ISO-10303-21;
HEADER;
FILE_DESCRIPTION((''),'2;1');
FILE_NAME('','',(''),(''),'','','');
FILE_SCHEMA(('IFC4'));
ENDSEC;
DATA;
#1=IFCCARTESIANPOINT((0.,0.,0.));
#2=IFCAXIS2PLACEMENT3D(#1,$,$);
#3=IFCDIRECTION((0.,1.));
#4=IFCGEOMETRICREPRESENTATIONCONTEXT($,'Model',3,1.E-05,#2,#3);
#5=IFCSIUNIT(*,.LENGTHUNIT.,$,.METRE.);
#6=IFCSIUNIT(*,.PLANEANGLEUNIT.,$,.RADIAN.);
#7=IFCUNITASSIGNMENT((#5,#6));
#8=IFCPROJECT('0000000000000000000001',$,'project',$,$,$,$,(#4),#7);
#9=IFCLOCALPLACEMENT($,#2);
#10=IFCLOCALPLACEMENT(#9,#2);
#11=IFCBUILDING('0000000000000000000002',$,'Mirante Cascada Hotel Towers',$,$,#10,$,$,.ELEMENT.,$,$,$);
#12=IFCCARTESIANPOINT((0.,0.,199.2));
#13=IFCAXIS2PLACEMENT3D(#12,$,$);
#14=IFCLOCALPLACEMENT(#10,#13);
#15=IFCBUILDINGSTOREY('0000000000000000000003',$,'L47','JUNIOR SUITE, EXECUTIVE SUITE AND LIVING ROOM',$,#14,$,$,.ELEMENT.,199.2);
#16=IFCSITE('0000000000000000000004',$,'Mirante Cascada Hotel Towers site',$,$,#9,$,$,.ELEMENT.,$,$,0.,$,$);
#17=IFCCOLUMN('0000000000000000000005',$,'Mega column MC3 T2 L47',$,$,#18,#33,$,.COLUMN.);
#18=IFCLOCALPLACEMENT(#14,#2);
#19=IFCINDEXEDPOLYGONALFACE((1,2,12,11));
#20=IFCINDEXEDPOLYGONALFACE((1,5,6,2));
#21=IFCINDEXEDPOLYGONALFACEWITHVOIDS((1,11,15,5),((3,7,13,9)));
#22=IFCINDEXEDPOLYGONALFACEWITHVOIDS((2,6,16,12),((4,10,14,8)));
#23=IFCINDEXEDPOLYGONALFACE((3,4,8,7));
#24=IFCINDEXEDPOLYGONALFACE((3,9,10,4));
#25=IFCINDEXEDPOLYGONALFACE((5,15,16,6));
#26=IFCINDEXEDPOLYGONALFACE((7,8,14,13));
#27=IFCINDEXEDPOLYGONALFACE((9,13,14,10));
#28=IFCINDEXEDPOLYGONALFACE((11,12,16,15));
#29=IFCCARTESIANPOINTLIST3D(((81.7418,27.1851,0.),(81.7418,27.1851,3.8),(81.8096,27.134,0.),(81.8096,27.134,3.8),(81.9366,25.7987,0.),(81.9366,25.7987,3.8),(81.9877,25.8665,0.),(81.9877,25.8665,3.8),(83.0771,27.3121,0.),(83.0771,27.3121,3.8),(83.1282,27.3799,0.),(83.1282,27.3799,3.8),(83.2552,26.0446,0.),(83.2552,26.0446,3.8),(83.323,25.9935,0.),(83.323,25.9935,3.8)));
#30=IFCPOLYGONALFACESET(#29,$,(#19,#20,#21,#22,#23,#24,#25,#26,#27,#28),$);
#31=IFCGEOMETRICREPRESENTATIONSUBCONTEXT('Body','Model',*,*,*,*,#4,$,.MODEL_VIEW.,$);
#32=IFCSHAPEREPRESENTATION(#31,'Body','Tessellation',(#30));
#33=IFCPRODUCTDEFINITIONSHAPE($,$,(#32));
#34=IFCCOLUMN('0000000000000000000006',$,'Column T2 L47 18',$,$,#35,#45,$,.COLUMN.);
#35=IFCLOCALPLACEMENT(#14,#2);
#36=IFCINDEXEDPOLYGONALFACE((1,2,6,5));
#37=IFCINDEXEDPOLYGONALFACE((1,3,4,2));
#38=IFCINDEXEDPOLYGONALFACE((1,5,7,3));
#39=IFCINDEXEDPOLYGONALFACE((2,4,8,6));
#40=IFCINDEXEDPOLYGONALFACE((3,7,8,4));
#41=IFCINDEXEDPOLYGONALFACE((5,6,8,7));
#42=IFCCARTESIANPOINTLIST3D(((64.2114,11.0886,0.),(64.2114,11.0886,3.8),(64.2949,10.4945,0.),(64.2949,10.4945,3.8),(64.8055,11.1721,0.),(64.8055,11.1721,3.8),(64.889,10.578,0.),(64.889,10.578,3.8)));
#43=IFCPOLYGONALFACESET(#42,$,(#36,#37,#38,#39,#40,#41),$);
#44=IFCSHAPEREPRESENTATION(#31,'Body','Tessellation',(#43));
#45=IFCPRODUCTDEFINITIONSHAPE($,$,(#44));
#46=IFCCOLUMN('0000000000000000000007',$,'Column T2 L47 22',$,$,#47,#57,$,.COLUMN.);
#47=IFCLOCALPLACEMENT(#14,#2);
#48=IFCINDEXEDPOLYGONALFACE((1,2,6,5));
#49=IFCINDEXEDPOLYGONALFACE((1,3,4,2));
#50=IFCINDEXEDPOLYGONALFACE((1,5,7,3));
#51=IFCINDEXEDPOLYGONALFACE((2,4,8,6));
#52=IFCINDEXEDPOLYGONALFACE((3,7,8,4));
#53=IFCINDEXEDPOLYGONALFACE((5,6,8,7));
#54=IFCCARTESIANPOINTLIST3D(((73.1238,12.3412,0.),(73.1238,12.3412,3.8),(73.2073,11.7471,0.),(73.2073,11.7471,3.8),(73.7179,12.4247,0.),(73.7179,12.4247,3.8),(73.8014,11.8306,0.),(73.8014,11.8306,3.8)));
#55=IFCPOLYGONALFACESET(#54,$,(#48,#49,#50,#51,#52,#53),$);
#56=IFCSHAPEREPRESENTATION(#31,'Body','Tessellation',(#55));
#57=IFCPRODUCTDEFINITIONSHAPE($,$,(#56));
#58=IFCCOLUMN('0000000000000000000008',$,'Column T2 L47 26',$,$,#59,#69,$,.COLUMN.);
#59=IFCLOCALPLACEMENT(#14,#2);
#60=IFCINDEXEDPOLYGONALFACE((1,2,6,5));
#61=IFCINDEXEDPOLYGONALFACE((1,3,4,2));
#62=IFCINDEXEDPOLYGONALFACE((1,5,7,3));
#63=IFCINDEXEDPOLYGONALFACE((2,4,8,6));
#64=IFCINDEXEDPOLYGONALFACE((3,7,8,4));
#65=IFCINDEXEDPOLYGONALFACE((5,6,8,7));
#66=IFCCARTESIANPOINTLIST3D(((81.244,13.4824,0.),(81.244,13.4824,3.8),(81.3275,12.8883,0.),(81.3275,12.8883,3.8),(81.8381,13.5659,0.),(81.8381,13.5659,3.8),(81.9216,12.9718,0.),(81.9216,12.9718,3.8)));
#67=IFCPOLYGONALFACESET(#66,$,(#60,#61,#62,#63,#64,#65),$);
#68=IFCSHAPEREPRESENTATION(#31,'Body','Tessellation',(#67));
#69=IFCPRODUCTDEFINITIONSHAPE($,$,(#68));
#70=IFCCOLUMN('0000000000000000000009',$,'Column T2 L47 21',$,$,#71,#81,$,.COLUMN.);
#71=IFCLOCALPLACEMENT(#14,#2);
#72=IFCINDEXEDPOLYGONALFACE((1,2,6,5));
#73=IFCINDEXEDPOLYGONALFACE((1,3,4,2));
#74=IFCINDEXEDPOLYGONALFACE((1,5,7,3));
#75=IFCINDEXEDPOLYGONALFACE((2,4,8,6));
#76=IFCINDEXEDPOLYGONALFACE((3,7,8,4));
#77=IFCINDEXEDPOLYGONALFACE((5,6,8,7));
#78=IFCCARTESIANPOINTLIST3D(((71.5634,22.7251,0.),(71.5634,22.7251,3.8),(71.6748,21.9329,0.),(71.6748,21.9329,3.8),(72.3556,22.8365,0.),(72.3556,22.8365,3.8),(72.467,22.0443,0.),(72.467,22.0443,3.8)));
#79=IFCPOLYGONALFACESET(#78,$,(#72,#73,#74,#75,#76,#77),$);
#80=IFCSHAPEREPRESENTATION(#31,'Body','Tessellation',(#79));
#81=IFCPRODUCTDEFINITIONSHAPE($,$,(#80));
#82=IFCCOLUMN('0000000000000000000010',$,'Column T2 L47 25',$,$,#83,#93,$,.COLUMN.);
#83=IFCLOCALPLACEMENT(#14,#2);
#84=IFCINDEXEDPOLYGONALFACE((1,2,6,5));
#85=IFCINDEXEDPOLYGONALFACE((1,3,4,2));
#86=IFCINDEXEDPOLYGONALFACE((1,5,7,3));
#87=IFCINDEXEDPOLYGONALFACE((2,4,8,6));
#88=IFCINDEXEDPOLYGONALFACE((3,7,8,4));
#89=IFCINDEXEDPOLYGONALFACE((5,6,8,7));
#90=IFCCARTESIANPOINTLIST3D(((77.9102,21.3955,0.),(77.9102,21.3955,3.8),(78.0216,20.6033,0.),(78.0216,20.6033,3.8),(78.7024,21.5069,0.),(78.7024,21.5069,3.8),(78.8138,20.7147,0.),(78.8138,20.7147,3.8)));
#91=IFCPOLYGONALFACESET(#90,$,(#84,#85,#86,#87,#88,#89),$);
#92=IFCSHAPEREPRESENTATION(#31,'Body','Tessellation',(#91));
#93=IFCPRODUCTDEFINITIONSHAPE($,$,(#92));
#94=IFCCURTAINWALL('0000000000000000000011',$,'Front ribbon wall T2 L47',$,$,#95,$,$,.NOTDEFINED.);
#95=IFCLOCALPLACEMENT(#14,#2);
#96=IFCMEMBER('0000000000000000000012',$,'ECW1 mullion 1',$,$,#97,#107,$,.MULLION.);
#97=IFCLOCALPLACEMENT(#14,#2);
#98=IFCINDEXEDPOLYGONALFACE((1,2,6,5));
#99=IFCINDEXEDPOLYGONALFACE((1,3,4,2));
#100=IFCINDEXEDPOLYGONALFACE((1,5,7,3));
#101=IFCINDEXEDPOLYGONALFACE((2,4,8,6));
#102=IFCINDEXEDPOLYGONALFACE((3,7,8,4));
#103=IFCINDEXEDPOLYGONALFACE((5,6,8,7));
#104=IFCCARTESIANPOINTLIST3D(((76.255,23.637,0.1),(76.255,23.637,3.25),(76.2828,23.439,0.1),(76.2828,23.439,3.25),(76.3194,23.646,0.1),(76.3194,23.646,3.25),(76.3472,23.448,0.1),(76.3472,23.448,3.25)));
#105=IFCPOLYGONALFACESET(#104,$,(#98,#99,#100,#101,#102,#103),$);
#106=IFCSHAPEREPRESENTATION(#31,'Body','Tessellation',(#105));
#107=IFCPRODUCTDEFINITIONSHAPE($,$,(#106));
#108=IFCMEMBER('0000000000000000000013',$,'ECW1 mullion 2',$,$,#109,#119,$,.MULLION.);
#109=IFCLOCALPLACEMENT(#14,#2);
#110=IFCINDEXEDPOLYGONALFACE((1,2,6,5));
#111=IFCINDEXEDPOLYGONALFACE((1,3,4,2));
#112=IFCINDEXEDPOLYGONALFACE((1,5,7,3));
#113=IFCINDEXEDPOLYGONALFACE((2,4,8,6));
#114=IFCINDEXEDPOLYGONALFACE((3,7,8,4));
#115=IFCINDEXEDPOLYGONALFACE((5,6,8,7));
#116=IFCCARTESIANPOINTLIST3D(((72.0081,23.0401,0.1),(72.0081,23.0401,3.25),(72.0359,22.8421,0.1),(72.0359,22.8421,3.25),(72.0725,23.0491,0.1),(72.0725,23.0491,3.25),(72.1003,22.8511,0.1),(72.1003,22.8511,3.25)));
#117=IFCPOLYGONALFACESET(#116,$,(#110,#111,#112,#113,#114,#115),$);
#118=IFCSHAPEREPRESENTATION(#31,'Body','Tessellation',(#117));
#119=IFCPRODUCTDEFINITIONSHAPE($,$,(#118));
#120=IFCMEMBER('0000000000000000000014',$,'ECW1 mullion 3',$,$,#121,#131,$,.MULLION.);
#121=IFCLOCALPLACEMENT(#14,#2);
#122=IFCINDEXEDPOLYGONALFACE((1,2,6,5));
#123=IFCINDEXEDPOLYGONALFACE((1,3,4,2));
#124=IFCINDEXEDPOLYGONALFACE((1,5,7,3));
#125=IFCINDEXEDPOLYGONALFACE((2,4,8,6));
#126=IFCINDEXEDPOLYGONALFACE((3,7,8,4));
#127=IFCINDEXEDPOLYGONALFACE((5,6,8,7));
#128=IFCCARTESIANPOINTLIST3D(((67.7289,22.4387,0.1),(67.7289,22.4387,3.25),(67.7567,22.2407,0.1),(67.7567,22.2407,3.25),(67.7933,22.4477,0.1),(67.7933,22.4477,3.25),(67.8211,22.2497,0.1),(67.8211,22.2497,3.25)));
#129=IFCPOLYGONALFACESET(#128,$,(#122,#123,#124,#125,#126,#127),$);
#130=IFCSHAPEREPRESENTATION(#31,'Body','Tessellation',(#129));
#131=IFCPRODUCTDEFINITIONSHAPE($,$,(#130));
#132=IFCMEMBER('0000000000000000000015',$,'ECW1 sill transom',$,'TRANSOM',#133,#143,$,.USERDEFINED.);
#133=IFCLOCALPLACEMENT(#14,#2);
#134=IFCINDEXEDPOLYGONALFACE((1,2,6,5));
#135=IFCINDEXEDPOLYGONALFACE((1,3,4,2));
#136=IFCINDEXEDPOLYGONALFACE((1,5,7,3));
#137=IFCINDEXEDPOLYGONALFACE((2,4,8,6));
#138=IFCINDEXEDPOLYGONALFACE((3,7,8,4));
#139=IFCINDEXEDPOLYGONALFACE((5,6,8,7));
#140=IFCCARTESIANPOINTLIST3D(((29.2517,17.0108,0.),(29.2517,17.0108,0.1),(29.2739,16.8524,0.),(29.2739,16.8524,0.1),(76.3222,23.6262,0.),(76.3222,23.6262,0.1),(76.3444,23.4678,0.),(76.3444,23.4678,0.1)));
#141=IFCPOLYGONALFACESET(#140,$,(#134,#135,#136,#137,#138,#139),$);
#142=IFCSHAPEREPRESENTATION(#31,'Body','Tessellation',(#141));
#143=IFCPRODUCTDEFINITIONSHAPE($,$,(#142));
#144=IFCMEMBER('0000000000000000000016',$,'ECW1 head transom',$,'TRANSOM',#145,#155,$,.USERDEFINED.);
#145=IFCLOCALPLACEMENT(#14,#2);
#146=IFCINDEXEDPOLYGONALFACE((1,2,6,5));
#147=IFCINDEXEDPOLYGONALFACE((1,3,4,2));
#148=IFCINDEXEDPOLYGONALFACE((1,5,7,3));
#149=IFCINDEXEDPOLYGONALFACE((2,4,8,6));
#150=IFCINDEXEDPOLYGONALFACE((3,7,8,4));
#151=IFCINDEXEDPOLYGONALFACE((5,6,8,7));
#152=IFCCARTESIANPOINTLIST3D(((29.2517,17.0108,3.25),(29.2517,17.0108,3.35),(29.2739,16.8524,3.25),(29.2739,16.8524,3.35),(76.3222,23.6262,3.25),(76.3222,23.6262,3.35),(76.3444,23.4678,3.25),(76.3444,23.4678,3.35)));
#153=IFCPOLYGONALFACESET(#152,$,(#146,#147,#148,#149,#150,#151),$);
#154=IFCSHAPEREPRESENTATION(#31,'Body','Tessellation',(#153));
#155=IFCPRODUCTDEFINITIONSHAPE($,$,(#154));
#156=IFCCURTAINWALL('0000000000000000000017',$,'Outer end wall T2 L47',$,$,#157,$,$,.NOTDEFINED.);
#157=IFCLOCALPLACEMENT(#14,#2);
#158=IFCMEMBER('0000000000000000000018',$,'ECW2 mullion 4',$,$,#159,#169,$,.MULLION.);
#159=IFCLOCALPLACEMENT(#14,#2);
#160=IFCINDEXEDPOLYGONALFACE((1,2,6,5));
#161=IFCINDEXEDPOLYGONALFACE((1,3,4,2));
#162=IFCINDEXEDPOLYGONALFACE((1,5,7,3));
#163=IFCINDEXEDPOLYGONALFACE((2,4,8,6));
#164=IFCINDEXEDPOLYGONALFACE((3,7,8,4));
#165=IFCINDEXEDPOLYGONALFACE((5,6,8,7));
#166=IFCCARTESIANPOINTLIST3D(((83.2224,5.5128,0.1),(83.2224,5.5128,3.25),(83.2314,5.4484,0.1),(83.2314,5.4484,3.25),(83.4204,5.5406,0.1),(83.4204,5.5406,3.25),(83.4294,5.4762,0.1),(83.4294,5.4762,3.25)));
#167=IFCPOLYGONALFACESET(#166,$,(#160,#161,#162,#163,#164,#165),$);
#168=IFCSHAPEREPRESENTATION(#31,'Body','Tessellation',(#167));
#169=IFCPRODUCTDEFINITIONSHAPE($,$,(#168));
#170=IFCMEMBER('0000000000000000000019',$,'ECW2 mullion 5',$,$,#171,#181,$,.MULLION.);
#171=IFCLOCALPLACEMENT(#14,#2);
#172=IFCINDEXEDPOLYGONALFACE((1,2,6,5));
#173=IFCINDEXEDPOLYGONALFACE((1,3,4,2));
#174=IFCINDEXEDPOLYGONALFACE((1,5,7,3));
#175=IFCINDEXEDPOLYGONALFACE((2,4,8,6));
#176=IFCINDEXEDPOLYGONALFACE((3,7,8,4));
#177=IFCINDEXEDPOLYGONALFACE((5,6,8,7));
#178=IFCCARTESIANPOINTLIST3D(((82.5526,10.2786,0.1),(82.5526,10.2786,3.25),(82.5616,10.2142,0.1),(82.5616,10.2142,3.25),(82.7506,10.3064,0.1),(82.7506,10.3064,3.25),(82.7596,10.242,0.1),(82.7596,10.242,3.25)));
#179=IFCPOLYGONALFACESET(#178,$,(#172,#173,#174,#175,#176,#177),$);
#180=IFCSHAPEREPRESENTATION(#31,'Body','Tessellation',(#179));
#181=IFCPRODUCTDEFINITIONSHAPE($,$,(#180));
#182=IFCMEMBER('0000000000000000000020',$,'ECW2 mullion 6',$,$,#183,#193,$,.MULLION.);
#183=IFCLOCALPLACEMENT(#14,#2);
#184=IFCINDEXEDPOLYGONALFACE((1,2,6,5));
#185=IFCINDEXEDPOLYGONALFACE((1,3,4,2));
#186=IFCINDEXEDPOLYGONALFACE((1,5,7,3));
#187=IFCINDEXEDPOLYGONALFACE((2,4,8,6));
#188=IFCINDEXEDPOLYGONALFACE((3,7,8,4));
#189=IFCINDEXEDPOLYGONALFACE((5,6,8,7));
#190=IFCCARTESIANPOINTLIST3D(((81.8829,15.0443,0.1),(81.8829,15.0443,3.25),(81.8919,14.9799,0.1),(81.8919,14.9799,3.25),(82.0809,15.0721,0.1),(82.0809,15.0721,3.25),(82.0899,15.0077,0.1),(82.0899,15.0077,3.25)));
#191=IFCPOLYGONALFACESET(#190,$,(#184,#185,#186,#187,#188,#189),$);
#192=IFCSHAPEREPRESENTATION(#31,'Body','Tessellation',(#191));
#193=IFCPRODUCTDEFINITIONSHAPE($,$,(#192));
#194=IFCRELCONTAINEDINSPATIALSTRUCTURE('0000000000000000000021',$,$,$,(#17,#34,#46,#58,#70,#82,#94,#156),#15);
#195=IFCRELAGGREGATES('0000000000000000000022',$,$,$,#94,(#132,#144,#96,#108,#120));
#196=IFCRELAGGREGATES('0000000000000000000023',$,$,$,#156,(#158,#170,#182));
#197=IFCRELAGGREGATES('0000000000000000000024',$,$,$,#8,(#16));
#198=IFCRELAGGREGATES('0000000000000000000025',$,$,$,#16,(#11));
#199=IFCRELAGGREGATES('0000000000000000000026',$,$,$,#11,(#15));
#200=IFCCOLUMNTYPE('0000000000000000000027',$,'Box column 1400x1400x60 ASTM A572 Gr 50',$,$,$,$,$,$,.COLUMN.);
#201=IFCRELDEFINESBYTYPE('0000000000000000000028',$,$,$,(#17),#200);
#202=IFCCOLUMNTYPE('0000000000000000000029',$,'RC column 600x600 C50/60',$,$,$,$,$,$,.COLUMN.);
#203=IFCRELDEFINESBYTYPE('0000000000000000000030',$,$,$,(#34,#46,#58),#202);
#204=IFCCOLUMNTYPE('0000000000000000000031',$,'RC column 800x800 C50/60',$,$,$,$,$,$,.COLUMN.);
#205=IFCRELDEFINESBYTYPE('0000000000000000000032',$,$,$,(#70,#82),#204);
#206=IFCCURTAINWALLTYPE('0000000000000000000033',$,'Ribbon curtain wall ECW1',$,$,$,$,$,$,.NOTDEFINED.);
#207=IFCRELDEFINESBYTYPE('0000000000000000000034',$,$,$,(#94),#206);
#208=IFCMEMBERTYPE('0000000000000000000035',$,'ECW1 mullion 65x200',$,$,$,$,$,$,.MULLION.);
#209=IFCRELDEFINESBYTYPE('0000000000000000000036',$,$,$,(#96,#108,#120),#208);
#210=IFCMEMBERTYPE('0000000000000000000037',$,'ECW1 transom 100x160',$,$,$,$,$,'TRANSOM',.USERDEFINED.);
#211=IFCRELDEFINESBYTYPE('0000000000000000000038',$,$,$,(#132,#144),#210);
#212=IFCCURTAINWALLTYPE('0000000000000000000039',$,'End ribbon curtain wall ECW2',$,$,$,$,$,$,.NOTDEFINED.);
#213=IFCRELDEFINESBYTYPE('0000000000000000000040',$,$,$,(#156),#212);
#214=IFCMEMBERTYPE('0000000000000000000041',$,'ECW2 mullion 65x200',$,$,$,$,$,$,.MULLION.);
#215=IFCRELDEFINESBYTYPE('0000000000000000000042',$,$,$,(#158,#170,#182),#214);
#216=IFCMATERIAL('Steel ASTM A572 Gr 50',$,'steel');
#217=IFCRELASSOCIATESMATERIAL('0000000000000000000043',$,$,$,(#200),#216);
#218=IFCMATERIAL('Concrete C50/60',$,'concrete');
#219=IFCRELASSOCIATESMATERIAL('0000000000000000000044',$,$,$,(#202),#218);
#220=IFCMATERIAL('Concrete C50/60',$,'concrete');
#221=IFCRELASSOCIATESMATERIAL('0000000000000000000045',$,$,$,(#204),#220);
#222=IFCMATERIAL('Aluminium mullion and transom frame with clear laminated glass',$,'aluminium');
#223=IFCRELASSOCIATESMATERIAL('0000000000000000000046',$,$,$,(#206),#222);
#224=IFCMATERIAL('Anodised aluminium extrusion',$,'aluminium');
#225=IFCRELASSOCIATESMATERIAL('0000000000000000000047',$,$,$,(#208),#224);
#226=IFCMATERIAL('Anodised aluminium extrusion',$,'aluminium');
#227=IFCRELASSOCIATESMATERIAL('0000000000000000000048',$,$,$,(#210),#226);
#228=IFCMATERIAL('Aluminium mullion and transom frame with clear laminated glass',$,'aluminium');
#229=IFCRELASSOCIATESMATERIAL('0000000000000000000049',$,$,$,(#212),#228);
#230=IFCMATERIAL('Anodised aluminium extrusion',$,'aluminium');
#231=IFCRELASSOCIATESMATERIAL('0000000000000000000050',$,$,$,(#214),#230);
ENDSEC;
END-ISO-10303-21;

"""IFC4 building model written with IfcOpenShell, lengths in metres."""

from ifc_helpers import new_model, si_unit, direction, frame, origin, origin_2d, place, context, subcontext, project, spatial, rectangle, hollow_rectangle, extrude, material, material_profile, profile_set, type_object, element, aggregate, save


model = new_model("IFC4")

# Units and contexts
model_context = context("Model", 3, precision=1e-05, world=origin(), true_north=direction((0.0, 1.0)))
body_context = subcontext(model_context, "Body", "Model", "MODEL_VIEW")
ifc_project = project(units=[si_unit("LENGTHUNIT", "METRE"), si_unit("PLANEANGLEUNIT", "RADIAN")], contexts=[model_context])

# Site, building, storey
site_placement = place(None, origin())
site = spatial("IfcSite", under=ifc_project, at=site_placement, Name="Mirante Cascada Hotel Towers site", CompositionType="ELEMENT", RefElevation=0.0)
building_placement = place(site_placement, origin())
building = spatial("IfcBuilding", under=site, at=building_placement, Name="Mirante Cascada Hotel Towers", CompositionType="ELEMENT")
storey_placement = place(building_placement, frame((0.0, 0.0, 199.2)))
storey = spatial("IfcBuildingStorey", under=building, at=storey_placement, Name="L47", Description="JUNIOR SUITE, EXECUTIVE SUITE AND LIVING ROOM", CompositionType="ELEMENT", Elevation=199.2)

# Columns
ifc_material_1 = material(Name="Steel ASTM A572 Gr 50", Category="steel")
ifc_material_profile_1 = material_profile(ifc_material_1, hollow_rectangle(XDim=1.4, YDim=1.4, WallThickness=0.06, at=origin_2d()), Name="Box column 1400x1400x60 ASTM A572 Gr 50")
ifc_profile_set_1 = profile_set([ifc_material_profile_1], Name="Steel ASTM A572 Gr 50")
column_type_1 = type_object("IfcColumnType", Name="Box column 1400x1400x60 ASTM A572 Gr 50", PredefinedType="COLUMN", material=ifc_profile_set_1)
column_placement = place(storey_placement, frame((82.5324, 26.5893, 0.0), z_axis=(0.0, 0.0, 1.0), x_axis=(0.990268, 0.139173, 0.0)))
element("IfcColumn", 1, at=column_placement, inside=storey, type_object=column_type_1, Name="Mega column MC3 T2 L47", PredefinedType="COLUMN", context=body_context, shape_type="SweptSolid", body=[
    extrude(hollow_rectangle(XDim=1.4, YDim=1.4, WallThickness=0.06, at=origin_2d()), origin(), (0.0, 0.0, 1.0), 3.8),
])
ifc_material_2 = material(Name="Concrete C50/60", Category="concrete")
ifc_material_profile_2 = material_profile(ifc_material_2, rectangle(XDim=0.6, YDim=0.6, at=origin_2d()), Name="RC column 600x600 C50/60")
ifc_profile_set_2 = profile_set([ifc_material_profile_2], Name="Concrete C50/60")
column_type_2 = type_object("IfcColumnType", Name="RC column 600x600 C50/60", PredefinedType="COLUMN", material=ifc_profile_set_2)
for number, where, z_axis, x_axis, name in (
    (2, (64.5502, 10.8333, 0.0), (0.0, 0.0, 1.0), (0.990268, 0.139173, 0.0), "Column T2 L47 18"),
    (3, (73.4626, 12.0859, 0.0), (0.0, 0.0, 1.0), (0.990268, 0.139173, 0.0), "Column T2 L47 22"),
    (4, (81.5828, 13.2271, 0.0), (0.0, 0.0, 1.0), (0.990268, 0.139173, 0.0), "Column T2 L47 26"),
):
    element("IfcColumn", number, at=place(storey_placement, frame(where, z_axis=z_axis, x_axis=x_axis)), inside=storey, type_object=column_type_2, Name=name, PredefinedType="COLUMN", context=body_context, shape_type="SweptSolid", body=[
        extrude(rectangle(XDim=0.6, YDim=0.6, at=origin_2d()), origin(), (0.0, 0.0, 1.0), 3.8),
    ])
ifc_material_3 = material(Name="Concrete C50/60", Category="concrete")
ifc_material_profile_3 = material_profile(ifc_material_3, rectangle(XDim=0.8, YDim=0.8, at=origin_2d()), Name="RC column 800x800 C50/60")
ifc_profile_set_3 = profile_set([ifc_material_profile_3], Name="Concrete C50/60")
column_type_3 = type_object("IfcColumnType", Name="RC column 800x800 C50/60", PredefinedType="COLUMN", material=ifc_profile_set_3)
for number, where, z_axis, x_axis, name in (
    (5, (72.0152, 22.3847, 0.0), (0.0, 0.0, 1.0), (0.990268, 0.139173, 0.0), "Column T2 L47 21"),
    (6, (78.362, 21.0551, 0.0), (0.0, 0.0, 1.0), (0.990268, 0.139173, 0.0), "Column T2 L47 25"),
):
    element("IfcColumn", number, at=place(storey_placement, frame(where, z_axis=z_axis, x_axis=x_axis)), inside=storey, type_object=column_type_3, Name=name, PredefinedType="COLUMN", context=body_context, shape_type="SweptSolid", body=[
        extrude(rectangle(XDim=0.8, YDim=0.8, at=origin_2d()), origin(), (0.0, 0.0, 1.0), 3.8),
    ])

# Curtain walls, members
ifc_material_4 = material(Name="Aluminium mullion and transom frame with clear laminated glass", Category="aluminium")
curtain_wall_type_1 = type_object("IfcCurtainWallType", Name="Ribbon curtain wall ECW1", PredefinedType="NOTDEFINED", material=ifc_material_4)
curtain_wall_1_placement = place(storey_placement, origin())
curtain_wall_1 = element("IfcCurtainWall", 7, at=curtain_wall_1_placement, inside=storey, type_object=curtain_wall_type_1, Name="Front ribbon wall T2 L47", PredefinedType="NOTDEFINED")
ifc_material_5 = material(Name="Anodised aluminium extrusion", Category="aluminium")
ifc_material_profile_4 = material_profile(ifc_material_5, rectangle(XDim=0.2, YDim=0.065, at=origin_2d()), Name="ECW1 MULLION 65x200")
ifc_profile_set_4 = profile_set([ifc_material_profile_4], Name="Anodised aluminium extrusion")
member_type_1 = type_object("IfcMemberType", Name="ECW1 mullion 65x200", PredefinedType="MULLION", material=ifc_profile_set_4)
member_1_placement = place(storey_placement, frame((76.3011, 23.5425, 0.1), z_axis=(0.0, 0.0, 1.0), x_axis=(0.139173, -0.990268, 0.0)))
member_1 = element("IfcMember", 8, at=member_1_placement, type_object=member_type_1, Name="ECW1 mullion 1", PredefinedType="MULLION", context=body_context, shape_type="SweptSolid", body=[
    extrude(rectangle(XDim=0.2, YDim=0.065, at=origin_2d()), origin(), (0.0, 0.0, 1.0), 3.15),
])
member_2_placement = place(storey_placement, frame((72.0542, 22.9456, 0.1), z_axis=(0.0, 0.0, 1.0), x_axis=(0.139173, -0.990268, 0.0)))
member_2 = element("IfcMember", 9, at=member_2_placement, type_object=member_type_1, Name="ECW1 mullion 2", PredefinedType="MULLION", context=body_context, shape_type="SweptSolid", body=[
    extrude(rectangle(XDim=0.2, YDim=0.065, at=origin_2d()), origin(), (0.0, 0.0, 1.0), 3.15),
])
member_3_placement = place(storey_placement, frame((67.775, 22.3442, 0.1), z_axis=(0.0, 0.0, 1.0), x_axis=(0.139173, -0.990268, 0.0)))
member_3 = element("IfcMember", 10, at=member_3_placement, type_object=member_type_1, Name="ECW1 mullion 3", PredefinedType="MULLION", context=body_context, shape_type="SweptSolid", body=[
    extrude(rectangle(XDim=0.2, YDim=0.065, at=origin_2d()), origin(), (0.0, 0.0, 1.0), 3.15),
])
ifc_material_6 = material(Name="Anodised aluminium extrusion", Category="aluminium")
ifc_material_profile_5 = material_profile(ifc_material_6, rectangle(XDim=0.16, YDim=0.1, at=origin_2d()), Name="ECW1 TRANSOM 100x160")
ifc_profile_set_5 = profile_set([ifc_material_profile_5], Name="Anodised aluminium extrusion")
member_type_2 = type_object("IfcMemberType", Name="ECW1 transom 100x160", ElementType="TRANSOM", PredefinedType="USERDEFINED", material=ifc_profile_set_5)
member_4_placement = place(storey_placement, frame((76.3333, 23.547, 0.05), z_axis=(-0.990268, -0.139175, 0.0), x_axis=(0.139175, -0.990268, 0.0)))
member_4 = element("IfcMember", 11, at=member_4_placement, type_object=member_type_2, Name="ECW1 sill transom", ObjectType="TRANSOM", PredefinedType="USERDEFINED", context=body_context, shape_type="SweptSolid", body=[
    extrude(rectangle(XDim=0.16, YDim=0.1, at=origin_2d()), origin(), (0.0, 0.0, 1.0), 47.5331),
])
member_5_placement = place(storey_placement, frame((76.3333, 23.547, 3.3), z_axis=(-0.990268, -0.139175, 0.0), x_axis=(0.139175, -0.990268, 0.0)))
member_5 = element("IfcMember", 12, at=member_5_placement, type_object=member_type_2, Name="ECW1 head transom", ObjectType="TRANSOM", PredefinedType="USERDEFINED", context=body_context, shape_type="SweptSolid", body=[
    extrude(rectangle(XDim=0.16, YDim=0.1, at=origin_2d()), origin(), (0.0, 0.0, 1.0), 47.5331),
])
ifc_material_7 = material(Name="Aluminium mullion and transom frame with clear laminated glass", Category="aluminium")
curtain_wall_type_2 = type_object("IfcCurtainWallType", Name="End ribbon curtain wall ECW2", PredefinedType="NOTDEFINED", material=ifc_material_7)
curtain_wall_2_placement = place(storey_placement, origin())
curtain_wall_2 = element("IfcCurtainWall", 13, at=curtain_wall_2_placement, inside=storey, type_object=curtain_wall_type_2, Name="Outer end wall T2 L47", PredefinedType="NOTDEFINED")
ifc_material_8 = material(Name="Anodised aluminium extrusion", Category="aluminium")
ifc_material_profile_6 = material_profile(ifc_material_8, rectangle(XDim=0.2, YDim=0.065, at=origin_2d()), Name="ECW2 MULLION 65x200")
ifc_profile_set_6 = profile_set([ifc_material_profile_6], Name="Anodised aluminium extrusion")
member_type_3 = type_object("IfcMemberType", Name="ECW2 mullion 65x200", PredefinedType="MULLION", material=ifc_profile_set_6)
member_6_placement = place(storey_placement, frame((83.3259, 5.4945, 0.1), z_axis=(0.0, 0.0, 1.0), x_axis=(-0.990268, -0.139173, 0.0)))
member_6 = element("IfcMember", 14, at=member_6_placement, type_object=member_type_3, Name="ECW2 mullion 4", PredefinedType="MULLION", context=body_context, shape_type="SweptSolid", body=[
    extrude(rectangle(XDim=0.2, YDim=0.065, at=origin_2d()), origin(), (0.0, 0.0, 1.0), 3.15),
])
member_7_placement = place(storey_placement, frame((82.6561, 10.2603, 0.1), z_axis=(0.0, 0.0, 1.0), x_axis=(-0.990268, -0.139173, 0.0)))
member_7 = element("IfcMember", 15, at=member_7_placement, type_object=member_type_3, Name="ECW2 mullion 5", PredefinedType="MULLION", context=body_context, shape_type="SweptSolid", body=[
    extrude(rectangle(XDim=0.2, YDim=0.065, at=origin_2d()), origin(), (0.0, 0.0, 1.0), 3.15),
])
member_8_placement = place(storey_placement, frame((81.9864, 15.026, 0.1), z_axis=(0.0, 0.0, 1.0), x_axis=(-0.990268, -0.139173, 0.0)))
member_8 = element("IfcMember", 16, at=member_8_placement, type_object=member_type_3, Name="ECW2 mullion 6", PredefinedType="MULLION", context=body_context, shape_type="SweptSolid", body=[
    extrude(rectangle(XDim=0.2, YDim=0.065, at=origin_2d()), origin(), (0.0, 0.0, 1.0), 3.15),
])

aggregate(curtain_wall_1, [member_4, member_5, member_1, member_2, member_3])
aggregate(curtain_wall_2, [member_6, member_7, member_8])

save(model, "model.ifc")
